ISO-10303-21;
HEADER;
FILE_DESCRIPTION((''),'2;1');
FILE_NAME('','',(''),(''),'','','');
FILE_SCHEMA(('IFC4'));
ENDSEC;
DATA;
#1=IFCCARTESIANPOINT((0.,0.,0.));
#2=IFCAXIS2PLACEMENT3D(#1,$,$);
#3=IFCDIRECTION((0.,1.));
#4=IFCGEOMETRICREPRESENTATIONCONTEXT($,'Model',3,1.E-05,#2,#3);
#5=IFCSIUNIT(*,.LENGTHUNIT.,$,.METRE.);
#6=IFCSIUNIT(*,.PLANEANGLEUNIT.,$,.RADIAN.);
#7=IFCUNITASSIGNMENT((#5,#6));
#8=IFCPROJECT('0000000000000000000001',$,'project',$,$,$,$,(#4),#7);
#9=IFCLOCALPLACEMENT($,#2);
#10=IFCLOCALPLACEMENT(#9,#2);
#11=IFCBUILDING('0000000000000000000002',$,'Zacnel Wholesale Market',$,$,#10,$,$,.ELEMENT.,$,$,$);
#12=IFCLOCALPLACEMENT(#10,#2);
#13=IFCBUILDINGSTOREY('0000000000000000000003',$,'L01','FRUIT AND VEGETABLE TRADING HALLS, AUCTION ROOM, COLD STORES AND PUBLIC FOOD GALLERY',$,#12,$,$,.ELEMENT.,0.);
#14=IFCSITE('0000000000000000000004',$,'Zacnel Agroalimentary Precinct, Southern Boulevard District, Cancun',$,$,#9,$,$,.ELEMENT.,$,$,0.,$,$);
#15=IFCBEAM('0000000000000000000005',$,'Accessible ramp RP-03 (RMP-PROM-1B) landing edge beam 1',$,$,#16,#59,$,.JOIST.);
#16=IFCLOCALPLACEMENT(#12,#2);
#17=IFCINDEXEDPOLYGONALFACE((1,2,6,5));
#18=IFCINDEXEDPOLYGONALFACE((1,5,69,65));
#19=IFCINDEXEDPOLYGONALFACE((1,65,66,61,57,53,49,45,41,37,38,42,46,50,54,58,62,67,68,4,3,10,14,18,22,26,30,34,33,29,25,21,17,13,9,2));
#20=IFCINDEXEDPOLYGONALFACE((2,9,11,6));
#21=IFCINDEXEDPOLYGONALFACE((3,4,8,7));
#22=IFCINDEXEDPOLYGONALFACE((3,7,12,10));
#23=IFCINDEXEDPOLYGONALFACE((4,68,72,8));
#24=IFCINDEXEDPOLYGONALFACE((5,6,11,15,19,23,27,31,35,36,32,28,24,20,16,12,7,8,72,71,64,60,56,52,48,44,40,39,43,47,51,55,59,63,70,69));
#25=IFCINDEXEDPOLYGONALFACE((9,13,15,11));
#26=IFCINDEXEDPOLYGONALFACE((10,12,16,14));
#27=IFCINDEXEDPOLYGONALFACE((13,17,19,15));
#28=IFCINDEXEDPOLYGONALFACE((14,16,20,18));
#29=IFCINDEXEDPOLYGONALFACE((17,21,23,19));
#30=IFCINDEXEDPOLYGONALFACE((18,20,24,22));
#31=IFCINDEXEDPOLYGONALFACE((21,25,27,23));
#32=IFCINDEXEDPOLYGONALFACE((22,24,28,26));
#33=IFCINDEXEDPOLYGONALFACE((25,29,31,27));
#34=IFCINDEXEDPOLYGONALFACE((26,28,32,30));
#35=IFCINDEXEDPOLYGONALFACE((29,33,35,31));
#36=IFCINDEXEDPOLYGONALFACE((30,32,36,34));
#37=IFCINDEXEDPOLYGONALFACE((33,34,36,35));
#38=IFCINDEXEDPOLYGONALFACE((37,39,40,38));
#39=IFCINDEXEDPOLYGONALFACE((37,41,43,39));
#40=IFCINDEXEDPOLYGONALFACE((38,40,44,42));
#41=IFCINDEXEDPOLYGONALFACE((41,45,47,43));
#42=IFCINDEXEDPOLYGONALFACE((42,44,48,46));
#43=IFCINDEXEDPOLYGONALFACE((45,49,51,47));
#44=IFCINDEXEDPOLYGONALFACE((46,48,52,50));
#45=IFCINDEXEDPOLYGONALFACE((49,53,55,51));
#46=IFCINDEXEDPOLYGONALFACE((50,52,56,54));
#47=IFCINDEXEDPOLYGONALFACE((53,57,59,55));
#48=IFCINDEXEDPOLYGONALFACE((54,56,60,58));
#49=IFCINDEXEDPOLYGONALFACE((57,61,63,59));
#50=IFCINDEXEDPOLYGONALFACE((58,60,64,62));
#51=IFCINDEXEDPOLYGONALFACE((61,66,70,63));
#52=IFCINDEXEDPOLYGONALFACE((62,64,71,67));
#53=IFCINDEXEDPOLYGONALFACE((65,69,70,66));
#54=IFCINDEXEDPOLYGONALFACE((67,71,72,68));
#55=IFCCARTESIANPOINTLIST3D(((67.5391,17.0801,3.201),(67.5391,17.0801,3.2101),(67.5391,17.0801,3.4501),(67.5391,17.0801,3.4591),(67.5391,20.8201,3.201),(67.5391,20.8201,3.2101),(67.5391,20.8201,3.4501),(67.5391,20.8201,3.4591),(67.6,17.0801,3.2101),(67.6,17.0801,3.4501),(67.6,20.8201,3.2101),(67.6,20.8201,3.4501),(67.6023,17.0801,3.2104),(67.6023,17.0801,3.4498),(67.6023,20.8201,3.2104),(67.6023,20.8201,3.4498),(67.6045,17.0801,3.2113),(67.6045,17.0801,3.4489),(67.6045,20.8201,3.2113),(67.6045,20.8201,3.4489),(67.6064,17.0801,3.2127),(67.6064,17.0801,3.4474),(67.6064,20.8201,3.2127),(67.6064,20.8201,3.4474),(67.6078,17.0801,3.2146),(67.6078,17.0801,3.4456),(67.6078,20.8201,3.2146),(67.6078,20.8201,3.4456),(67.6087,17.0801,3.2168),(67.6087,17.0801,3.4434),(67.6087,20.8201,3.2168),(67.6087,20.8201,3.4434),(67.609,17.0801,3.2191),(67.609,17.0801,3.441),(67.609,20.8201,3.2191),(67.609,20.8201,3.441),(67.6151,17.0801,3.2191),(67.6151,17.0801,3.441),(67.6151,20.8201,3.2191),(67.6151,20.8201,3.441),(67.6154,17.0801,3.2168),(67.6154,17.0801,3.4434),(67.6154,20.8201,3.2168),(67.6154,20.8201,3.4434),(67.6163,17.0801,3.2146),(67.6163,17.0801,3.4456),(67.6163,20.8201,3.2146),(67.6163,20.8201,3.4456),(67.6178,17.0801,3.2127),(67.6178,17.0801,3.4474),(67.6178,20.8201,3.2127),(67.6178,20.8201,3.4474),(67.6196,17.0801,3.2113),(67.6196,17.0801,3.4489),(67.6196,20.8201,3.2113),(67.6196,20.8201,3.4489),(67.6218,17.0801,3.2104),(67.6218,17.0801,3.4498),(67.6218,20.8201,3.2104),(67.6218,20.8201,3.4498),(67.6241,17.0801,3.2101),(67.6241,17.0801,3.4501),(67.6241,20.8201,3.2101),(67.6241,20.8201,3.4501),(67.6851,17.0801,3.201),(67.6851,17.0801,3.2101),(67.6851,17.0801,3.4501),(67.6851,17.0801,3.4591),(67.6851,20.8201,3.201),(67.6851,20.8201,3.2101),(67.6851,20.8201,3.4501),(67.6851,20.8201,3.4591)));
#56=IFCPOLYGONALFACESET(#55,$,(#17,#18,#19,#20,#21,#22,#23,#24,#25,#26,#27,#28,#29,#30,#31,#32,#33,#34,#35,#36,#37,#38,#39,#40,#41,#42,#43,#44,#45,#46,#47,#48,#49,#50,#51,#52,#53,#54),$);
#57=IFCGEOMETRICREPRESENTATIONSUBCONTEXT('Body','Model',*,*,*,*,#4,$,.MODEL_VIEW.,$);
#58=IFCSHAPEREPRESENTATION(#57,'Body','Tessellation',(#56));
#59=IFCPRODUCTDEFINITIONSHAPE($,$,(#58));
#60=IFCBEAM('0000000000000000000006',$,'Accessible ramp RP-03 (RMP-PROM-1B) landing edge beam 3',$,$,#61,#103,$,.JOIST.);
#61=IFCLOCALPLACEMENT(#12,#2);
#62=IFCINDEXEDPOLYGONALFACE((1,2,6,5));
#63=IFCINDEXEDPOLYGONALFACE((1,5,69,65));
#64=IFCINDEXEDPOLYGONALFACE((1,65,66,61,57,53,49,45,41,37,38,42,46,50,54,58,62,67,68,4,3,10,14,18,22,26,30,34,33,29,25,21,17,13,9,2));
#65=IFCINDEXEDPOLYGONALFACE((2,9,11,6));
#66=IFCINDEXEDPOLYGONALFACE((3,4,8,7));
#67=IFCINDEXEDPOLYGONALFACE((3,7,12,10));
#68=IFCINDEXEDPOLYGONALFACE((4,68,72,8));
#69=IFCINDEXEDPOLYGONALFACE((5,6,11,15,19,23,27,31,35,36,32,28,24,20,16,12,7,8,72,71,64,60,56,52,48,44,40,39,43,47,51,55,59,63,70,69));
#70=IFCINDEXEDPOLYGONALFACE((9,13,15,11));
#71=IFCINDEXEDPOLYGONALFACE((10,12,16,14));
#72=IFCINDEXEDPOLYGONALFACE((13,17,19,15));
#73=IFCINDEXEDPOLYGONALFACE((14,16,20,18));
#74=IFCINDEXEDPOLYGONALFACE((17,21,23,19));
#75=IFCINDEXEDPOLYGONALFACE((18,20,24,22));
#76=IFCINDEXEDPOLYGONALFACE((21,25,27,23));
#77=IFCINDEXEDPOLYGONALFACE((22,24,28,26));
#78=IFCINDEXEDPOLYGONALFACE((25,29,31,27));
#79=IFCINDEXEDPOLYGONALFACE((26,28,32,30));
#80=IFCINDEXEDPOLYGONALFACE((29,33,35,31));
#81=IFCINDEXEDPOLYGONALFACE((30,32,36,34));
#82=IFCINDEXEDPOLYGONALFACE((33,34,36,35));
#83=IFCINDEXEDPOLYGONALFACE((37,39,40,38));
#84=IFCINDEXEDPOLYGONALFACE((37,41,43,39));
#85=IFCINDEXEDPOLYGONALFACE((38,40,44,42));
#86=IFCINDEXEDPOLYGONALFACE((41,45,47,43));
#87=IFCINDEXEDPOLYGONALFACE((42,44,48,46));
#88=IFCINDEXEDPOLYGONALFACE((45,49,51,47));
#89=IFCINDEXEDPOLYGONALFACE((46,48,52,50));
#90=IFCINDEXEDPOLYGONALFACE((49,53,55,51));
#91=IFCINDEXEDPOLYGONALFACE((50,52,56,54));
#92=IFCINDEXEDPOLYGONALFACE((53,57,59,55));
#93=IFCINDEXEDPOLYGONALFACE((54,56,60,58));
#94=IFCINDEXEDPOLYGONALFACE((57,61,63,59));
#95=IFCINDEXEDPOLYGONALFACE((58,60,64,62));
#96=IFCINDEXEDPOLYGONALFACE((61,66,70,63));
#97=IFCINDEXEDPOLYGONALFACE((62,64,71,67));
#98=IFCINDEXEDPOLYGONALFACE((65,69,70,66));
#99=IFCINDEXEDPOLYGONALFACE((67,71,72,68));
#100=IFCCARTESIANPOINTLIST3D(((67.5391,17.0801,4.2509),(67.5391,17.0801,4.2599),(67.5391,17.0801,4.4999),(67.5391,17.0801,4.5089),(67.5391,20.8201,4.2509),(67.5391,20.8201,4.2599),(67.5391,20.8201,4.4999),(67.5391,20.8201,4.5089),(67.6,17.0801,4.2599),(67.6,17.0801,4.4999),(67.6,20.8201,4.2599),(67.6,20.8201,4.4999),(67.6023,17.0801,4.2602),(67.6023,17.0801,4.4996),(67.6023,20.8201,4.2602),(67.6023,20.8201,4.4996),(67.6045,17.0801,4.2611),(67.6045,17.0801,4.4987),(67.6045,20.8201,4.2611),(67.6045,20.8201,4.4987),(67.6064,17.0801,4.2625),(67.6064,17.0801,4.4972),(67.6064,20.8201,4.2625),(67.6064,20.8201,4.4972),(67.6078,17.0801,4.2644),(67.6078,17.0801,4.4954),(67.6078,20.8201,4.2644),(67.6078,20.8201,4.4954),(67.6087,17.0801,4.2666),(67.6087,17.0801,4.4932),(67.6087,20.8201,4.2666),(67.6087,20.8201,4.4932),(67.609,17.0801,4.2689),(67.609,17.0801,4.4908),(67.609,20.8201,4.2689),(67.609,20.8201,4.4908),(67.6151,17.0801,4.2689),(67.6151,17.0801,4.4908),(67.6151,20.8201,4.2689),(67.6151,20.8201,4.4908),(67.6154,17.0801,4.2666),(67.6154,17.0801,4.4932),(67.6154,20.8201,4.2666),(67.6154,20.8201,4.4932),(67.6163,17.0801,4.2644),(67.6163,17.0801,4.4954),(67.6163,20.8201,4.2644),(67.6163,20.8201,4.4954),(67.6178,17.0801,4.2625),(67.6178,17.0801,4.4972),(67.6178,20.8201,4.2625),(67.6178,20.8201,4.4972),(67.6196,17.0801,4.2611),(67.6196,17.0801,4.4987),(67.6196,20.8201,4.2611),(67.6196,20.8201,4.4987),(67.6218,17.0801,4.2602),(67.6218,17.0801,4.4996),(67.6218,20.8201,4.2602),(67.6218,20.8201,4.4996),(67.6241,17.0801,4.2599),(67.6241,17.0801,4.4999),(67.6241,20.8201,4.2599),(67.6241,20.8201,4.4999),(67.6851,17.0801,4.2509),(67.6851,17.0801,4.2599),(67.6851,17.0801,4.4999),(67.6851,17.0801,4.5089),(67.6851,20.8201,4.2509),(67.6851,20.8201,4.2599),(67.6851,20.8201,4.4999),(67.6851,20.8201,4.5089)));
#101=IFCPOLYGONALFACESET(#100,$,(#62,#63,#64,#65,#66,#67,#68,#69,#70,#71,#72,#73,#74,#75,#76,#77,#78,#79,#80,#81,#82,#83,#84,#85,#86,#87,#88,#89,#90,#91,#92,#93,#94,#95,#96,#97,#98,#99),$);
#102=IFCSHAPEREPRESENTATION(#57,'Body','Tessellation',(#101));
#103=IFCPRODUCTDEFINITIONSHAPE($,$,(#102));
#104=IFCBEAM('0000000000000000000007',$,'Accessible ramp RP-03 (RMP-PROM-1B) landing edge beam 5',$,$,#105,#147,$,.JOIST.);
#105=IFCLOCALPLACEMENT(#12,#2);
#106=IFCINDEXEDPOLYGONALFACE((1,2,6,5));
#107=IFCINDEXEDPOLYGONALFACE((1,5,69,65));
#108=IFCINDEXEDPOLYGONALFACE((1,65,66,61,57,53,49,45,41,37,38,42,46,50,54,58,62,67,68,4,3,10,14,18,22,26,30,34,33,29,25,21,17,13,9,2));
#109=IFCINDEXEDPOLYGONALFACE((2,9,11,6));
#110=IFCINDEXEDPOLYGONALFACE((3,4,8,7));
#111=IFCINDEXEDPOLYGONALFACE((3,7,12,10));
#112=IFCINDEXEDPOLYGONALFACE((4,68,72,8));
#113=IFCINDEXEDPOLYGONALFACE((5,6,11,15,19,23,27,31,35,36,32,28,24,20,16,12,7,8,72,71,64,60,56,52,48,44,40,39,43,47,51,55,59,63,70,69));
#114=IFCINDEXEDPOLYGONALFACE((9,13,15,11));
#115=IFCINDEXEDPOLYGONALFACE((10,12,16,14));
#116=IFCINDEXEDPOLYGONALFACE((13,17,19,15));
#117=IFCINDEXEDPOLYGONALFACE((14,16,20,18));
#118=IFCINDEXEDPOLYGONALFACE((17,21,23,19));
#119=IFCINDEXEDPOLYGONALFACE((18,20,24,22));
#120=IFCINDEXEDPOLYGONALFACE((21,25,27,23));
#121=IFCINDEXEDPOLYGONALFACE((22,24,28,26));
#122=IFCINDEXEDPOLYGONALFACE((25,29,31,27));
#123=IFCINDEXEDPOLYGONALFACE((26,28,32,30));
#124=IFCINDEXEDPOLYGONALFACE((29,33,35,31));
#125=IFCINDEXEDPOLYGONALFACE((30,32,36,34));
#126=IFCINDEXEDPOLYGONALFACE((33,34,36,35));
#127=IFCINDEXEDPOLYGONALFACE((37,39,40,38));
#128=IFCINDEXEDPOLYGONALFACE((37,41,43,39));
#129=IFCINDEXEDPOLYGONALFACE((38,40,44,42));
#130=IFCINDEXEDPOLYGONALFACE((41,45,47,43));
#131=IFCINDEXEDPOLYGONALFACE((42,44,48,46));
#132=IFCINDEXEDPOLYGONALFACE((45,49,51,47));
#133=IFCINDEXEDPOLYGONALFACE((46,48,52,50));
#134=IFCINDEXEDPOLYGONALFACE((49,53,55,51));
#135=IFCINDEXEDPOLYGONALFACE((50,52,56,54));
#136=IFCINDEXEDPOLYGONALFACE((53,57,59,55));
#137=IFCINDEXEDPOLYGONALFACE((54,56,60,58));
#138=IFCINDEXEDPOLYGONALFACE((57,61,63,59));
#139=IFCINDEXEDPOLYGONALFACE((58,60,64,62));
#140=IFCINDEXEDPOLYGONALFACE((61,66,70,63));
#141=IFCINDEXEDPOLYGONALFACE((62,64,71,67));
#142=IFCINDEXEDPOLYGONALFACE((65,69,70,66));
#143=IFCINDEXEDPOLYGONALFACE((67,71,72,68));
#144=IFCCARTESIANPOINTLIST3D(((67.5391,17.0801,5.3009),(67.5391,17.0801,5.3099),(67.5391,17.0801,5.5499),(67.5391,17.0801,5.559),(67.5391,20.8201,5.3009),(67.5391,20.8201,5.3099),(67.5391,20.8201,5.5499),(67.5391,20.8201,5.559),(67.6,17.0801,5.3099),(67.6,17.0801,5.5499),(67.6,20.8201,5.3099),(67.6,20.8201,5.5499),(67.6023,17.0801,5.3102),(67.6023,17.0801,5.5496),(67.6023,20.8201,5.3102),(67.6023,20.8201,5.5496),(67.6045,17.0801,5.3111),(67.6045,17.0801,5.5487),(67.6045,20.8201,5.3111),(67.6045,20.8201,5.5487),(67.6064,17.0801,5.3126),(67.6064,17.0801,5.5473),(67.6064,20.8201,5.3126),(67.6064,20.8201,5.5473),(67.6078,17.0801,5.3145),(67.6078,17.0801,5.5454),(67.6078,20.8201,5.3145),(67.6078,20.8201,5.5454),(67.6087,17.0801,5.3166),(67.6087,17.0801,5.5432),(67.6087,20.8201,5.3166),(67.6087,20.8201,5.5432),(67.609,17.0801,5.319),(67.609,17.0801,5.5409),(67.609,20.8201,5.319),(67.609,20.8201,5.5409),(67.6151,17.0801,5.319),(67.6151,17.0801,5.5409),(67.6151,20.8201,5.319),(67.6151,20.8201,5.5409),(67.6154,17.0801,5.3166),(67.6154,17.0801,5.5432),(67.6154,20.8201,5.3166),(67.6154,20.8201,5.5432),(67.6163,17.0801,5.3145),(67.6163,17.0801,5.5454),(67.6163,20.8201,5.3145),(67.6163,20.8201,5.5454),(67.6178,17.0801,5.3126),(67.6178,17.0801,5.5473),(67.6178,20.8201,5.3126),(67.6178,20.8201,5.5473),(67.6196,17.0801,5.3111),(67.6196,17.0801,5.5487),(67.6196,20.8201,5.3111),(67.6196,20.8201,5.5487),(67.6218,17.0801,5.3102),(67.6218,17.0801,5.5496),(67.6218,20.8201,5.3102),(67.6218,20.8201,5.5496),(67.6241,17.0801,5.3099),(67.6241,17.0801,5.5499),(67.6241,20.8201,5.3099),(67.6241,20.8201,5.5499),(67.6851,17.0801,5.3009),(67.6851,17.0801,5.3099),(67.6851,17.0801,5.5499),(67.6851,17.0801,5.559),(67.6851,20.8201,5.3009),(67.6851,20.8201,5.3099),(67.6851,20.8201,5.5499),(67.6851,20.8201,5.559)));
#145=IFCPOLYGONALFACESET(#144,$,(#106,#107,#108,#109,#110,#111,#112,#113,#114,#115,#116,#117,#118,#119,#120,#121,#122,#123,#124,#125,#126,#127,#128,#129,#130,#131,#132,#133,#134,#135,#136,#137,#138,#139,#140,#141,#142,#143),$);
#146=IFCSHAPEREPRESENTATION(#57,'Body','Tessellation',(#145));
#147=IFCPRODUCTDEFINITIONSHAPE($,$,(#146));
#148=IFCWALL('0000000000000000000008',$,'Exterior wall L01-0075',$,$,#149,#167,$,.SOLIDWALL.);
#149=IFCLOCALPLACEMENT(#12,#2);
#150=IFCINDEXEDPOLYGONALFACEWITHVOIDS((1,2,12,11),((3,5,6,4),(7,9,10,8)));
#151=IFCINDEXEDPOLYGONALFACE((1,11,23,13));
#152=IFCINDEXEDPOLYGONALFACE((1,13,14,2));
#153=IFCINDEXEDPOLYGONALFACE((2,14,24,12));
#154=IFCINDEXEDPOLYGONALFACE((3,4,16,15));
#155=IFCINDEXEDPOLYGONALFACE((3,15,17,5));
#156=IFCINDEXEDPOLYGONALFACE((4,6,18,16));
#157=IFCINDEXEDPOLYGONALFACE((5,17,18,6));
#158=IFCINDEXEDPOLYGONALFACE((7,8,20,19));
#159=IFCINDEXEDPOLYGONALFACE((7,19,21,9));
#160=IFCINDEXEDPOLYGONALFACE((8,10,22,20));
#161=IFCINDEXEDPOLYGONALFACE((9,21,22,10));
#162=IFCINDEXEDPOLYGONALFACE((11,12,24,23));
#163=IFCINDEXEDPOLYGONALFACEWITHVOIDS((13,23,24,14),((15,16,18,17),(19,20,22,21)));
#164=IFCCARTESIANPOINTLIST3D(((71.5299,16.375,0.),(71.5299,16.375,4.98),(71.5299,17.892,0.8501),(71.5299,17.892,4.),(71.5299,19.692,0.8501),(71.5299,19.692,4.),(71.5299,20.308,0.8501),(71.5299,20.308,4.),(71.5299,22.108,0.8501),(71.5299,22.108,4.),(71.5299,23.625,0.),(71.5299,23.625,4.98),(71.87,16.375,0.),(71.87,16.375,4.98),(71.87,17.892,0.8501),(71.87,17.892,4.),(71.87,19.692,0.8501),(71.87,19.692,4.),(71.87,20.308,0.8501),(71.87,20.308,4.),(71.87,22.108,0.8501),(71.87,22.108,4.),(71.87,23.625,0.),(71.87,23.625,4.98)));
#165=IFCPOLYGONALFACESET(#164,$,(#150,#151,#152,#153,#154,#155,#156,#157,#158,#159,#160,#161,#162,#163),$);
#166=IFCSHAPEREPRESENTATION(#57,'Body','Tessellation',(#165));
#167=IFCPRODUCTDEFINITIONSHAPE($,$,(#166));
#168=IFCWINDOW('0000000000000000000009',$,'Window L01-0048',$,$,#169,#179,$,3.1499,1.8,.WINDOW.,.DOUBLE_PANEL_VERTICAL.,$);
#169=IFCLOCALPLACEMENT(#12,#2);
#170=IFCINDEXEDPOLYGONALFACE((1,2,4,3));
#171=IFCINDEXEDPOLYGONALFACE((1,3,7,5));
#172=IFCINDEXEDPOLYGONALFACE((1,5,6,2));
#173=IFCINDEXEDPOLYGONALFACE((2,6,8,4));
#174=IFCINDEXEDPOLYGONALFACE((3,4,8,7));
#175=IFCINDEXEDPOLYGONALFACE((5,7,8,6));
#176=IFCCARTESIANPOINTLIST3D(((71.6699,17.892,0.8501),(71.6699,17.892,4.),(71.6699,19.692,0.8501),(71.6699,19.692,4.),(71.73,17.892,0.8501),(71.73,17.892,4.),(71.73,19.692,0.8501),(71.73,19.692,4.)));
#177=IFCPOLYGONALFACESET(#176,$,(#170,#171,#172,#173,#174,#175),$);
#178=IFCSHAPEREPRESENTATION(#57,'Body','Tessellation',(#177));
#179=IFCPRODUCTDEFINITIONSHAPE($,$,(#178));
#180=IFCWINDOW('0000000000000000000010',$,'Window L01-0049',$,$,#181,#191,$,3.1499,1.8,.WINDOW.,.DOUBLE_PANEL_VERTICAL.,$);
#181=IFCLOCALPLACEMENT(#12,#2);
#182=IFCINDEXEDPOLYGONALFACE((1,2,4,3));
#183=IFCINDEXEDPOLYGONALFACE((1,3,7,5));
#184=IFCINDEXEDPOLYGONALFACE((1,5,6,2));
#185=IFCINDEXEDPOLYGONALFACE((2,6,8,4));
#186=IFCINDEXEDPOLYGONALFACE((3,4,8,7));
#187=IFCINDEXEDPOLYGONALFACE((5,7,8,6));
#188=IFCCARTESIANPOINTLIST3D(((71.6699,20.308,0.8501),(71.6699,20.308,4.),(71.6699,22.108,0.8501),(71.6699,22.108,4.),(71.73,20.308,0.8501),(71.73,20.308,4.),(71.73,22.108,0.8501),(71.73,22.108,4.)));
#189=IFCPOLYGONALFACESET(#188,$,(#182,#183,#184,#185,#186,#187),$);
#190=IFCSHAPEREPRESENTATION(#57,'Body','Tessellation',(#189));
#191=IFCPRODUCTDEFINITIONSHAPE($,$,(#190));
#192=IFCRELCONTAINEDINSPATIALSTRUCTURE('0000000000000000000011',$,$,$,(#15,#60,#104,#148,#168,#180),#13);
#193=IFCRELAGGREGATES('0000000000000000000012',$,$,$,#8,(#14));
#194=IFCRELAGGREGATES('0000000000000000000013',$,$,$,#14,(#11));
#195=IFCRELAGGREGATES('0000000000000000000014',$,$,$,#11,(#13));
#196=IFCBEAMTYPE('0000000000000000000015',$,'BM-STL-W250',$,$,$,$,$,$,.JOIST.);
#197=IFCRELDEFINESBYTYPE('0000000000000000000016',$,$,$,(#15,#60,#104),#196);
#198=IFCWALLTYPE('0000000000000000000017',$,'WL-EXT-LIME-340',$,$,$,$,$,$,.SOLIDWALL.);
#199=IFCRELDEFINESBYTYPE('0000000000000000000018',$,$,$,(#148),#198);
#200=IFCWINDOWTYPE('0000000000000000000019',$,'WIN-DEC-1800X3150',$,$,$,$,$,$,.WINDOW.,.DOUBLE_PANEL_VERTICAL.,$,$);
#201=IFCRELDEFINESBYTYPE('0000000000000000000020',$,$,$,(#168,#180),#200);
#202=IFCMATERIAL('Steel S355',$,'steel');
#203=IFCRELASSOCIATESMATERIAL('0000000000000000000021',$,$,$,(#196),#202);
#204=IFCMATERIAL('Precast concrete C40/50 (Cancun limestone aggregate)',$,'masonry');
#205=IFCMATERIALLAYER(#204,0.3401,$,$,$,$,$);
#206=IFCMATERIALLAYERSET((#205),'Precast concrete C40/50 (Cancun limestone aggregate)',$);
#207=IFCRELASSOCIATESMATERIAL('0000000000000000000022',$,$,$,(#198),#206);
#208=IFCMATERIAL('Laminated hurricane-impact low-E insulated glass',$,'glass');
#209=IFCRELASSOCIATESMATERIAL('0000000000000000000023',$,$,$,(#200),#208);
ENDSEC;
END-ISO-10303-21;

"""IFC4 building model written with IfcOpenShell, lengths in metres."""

from ifc_helpers import new_model, si_unit, direction, frame, frame_2d, origin, origin_2d, place, context, subcontext, project, spatial, rectangle, i_section, extrude, material, layer, layer_set, material_profile, profile_set, type_object, element, fill, save


model = new_model("IFC4")

# Units and contexts
model_context = context("Model", 3, precision=1e-05, world=origin(), true_north=direction((0.0, 1.0)))
body_context = subcontext(model_context, "Body", "Model", "MODEL_VIEW")
ifc_project = project(units=[si_unit("LENGTHUNIT", "METRE"), si_unit("PLANEANGLEUNIT", "RADIAN")], contexts=[model_context])

# Site, building, storey
site_placement = place(None, origin())
site = spatial("IfcSite", under=ifc_project, at=site_placement, Name="Zacnel Agroalimentary Precinct, Southern Boulevard District, Cancun", CompositionType="ELEMENT", RefElevation=0.0)
building_placement = place(site_placement, origin())
building = spatial("IfcBuilding", under=site, at=building_placement, Name="Zacnel Wholesale Market", CompositionType="ELEMENT")
storey_placement = place(building_placement, origin())
storey = spatial("IfcBuildingStorey", under=building, at=storey_placement, Name="L01", Description="FRUIT AND VEGETABLE TRADING HALLS, AUCTION ROOM, COLD STORES AND PUBLIC FOOD GALLERY", CompositionType="ELEMENT", Elevation=0.0)

# Beams
ifc_material_1 = material(Name="Steel S355", Category="steel")
ifc_material_profile_1 = material_profile(ifc_material_1, i_section(OverallWidth=0.146, OverallDepth=0.2581, WebThickness=0.0061, FlangeThickness=0.009, FilletRadius=0.009, at=origin_2d()), Name="W250X32.7")
ifc_profile_set_1 = profile_set([ifc_material_profile_1], Name="Steel S355")
beam_type = type_object("IfcBeamType", Name="BM-STL-W250", PredefinedType="JOIST", material=ifc_profile_set_1)
for number, where, z_axis, x_axis, name in (
    (1, (67.6121, 17.0801, 3.3301), (0.0, 1.0, 0.0), (-1.0, 0.0, 0.0), "Accessible ramp RP-03 (RMP-PROM-1B) landing edge beam 1"),
    (2, (67.6121, 17.0801, 4.3799), (0.0, 1.0, 0.0), (-1.0, 0.0, 0.0), "Accessible ramp RP-03 (RMP-PROM-1B) landing edge beam 3"),
    (3, (67.6121, 17.0801, 5.4299), (0.0, 1.0, 0.0), (-1.0, 0.0, 0.0), "Accessible ramp RP-03 (RMP-PROM-1B) landing edge beam 5"),
):
    element("IfcBeam", number, at=place(storey_placement, frame(where, z_axis=z_axis, x_axis=x_axis)), inside=storey, type_object=beam_type, Name=name, PredefinedType="JOIST", context=body_context, shape_type="SweptSolid", body=[
        extrude(i_section(OverallWidth=0.146, OverallDepth=0.2581, WebThickness=0.0061, FlangeThickness=0.009, FilletRadius=0.009, at=origin_2d()), origin(), (0.0, 0.0, 1.0), 3.74),
    ])

# Wall, openings, windows
ifc_material_2 = material(Name="Precast concrete C40/50 (Cancun limestone aggregate)", Category="masonry")
ifc_layer_1 = layer(ifc_material_2, 0.3401)
ifc_layer_set_1 = layer_set([ifc_layer_1], Name="Precast concrete C40/50 (Cancun limestone aggregate)")
wall_type = type_object("IfcWallType", Name="WL-EXT-LIME-340", PredefinedType="SOLIDWALL", material=ifc_layer_set_1)
wall_1_placement = place(storey_placement, frame((71.7, 16.375, 0.0), z_axis=(0.0, 0.0, 1.0), x_axis=(0.0, 1.0, 0.0)))
wall_1 = element("IfcWall", 4, at=wall_1_placement, inside=storey, type_object=wall_type, Name="Exterior wall L01-0075", PredefinedType="SOLIDWALL", context=body_context, shape_type="SweptSolid", body=[
    extrude(rectangle(XDim=7.25, YDim=0.3401, at=frame_2d((3.625, 0.0))), origin(), (0.0, 0.0, 1.0), 4.98),
])
opening_1_placement = place(wall_1_placement, frame((1.5171, 0.0, 0.8501)))
opening_1 = element("IfcOpeningElement", 5, at=opening_1_placement, cuts=wall_1, PredefinedType="OPENING", context=body_context, shape_type="SweptSolid", body=[
    extrude(rectangle(XDim=1.8, YDim=3.1499, at=frame_2d((0.8999, 1.575))), frame((0.0, 0.1799, 0.0), z_axis=(0.0, -1.0, 0.0), x_axis=(1.0, 0.0, 0.0)), (0.0, 0.0, 1.0), 0.3601),
])
opening_2_placement = place(wall_1_placement, frame((3.9331, 0.0, 0.8501)))
opening_2 = element("IfcOpeningElement", 6, at=opening_2_placement, cuts=wall_1, PredefinedType="OPENING", context=body_context, shape_type="SweptSolid", body=[
    extrude(rectangle(XDim=1.8, YDim=3.1499, at=frame_2d((0.8999, 1.575))), frame((0.0, 0.1799, 0.0), z_axis=(0.0, -1.0, 0.0), x_axis=(1.0, 0.0, 0.0)), (0.0, 0.0, 1.0), 0.3601),
])
ifc_material_3 = material(Name="Laminated hurricane-impact low-E insulated glass", Category="glass")
window_type = type_object("IfcWindowType", Name="WIN-DEC-1800X3150", PartitioningType="DOUBLE_PANEL_VERTICAL", PredefinedType="WINDOW", material=ifc_material_3)
window_1_placement = place(opening_1_placement, origin())
window_1 = element("IfcWindow", 7, at=window_1_placement, inside=storey, type_object=window_type, Name="Window L01-0048", OverallHeight=3.1499, OverallWidth=1.8, PartitioningType="DOUBLE_PANEL_VERTICAL", PredefinedType="WINDOW", context=body_context, shape_type="SweptSolid", body=[
    extrude(rectangle(XDim=1.8, YDim=3.1499, at=frame_2d((0.8999, 1.575))), frame((0.0, 0.03, 0.0), z_axis=(0.0, -1.0, 0.0), x_axis=(1.0, 0.0, 0.0)), (0.0, 0.0, 1.0), 0.0601),
])
fill(opening_1, window_1)
window_2_placement = place(opening_2_placement, origin())
window_2 = element("IfcWindow", 8, at=window_2_placement, inside=storey, type_object=window_type, Name="Window L01-0049", OverallHeight=3.1499, OverallWidth=1.8, PartitioningType="DOUBLE_PANEL_VERTICAL", PredefinedType="WINDOW", context=body_context, shape_type="SweptSolid", body=[
    extrude(rectangle(XDim=1.8, YDim=3.1499, at=frame_2d((0.8999, 1.575))), frame((0.0, 0.03, 0.0), z_axis=(0.0, -1.0, 0.0), x_axis=(1.0, 0.0, 0.0)), (0.0, 0.0, 1.0), 0.0601),
])
fill(opening_2, window_2)

save(model, "model.ifc")
